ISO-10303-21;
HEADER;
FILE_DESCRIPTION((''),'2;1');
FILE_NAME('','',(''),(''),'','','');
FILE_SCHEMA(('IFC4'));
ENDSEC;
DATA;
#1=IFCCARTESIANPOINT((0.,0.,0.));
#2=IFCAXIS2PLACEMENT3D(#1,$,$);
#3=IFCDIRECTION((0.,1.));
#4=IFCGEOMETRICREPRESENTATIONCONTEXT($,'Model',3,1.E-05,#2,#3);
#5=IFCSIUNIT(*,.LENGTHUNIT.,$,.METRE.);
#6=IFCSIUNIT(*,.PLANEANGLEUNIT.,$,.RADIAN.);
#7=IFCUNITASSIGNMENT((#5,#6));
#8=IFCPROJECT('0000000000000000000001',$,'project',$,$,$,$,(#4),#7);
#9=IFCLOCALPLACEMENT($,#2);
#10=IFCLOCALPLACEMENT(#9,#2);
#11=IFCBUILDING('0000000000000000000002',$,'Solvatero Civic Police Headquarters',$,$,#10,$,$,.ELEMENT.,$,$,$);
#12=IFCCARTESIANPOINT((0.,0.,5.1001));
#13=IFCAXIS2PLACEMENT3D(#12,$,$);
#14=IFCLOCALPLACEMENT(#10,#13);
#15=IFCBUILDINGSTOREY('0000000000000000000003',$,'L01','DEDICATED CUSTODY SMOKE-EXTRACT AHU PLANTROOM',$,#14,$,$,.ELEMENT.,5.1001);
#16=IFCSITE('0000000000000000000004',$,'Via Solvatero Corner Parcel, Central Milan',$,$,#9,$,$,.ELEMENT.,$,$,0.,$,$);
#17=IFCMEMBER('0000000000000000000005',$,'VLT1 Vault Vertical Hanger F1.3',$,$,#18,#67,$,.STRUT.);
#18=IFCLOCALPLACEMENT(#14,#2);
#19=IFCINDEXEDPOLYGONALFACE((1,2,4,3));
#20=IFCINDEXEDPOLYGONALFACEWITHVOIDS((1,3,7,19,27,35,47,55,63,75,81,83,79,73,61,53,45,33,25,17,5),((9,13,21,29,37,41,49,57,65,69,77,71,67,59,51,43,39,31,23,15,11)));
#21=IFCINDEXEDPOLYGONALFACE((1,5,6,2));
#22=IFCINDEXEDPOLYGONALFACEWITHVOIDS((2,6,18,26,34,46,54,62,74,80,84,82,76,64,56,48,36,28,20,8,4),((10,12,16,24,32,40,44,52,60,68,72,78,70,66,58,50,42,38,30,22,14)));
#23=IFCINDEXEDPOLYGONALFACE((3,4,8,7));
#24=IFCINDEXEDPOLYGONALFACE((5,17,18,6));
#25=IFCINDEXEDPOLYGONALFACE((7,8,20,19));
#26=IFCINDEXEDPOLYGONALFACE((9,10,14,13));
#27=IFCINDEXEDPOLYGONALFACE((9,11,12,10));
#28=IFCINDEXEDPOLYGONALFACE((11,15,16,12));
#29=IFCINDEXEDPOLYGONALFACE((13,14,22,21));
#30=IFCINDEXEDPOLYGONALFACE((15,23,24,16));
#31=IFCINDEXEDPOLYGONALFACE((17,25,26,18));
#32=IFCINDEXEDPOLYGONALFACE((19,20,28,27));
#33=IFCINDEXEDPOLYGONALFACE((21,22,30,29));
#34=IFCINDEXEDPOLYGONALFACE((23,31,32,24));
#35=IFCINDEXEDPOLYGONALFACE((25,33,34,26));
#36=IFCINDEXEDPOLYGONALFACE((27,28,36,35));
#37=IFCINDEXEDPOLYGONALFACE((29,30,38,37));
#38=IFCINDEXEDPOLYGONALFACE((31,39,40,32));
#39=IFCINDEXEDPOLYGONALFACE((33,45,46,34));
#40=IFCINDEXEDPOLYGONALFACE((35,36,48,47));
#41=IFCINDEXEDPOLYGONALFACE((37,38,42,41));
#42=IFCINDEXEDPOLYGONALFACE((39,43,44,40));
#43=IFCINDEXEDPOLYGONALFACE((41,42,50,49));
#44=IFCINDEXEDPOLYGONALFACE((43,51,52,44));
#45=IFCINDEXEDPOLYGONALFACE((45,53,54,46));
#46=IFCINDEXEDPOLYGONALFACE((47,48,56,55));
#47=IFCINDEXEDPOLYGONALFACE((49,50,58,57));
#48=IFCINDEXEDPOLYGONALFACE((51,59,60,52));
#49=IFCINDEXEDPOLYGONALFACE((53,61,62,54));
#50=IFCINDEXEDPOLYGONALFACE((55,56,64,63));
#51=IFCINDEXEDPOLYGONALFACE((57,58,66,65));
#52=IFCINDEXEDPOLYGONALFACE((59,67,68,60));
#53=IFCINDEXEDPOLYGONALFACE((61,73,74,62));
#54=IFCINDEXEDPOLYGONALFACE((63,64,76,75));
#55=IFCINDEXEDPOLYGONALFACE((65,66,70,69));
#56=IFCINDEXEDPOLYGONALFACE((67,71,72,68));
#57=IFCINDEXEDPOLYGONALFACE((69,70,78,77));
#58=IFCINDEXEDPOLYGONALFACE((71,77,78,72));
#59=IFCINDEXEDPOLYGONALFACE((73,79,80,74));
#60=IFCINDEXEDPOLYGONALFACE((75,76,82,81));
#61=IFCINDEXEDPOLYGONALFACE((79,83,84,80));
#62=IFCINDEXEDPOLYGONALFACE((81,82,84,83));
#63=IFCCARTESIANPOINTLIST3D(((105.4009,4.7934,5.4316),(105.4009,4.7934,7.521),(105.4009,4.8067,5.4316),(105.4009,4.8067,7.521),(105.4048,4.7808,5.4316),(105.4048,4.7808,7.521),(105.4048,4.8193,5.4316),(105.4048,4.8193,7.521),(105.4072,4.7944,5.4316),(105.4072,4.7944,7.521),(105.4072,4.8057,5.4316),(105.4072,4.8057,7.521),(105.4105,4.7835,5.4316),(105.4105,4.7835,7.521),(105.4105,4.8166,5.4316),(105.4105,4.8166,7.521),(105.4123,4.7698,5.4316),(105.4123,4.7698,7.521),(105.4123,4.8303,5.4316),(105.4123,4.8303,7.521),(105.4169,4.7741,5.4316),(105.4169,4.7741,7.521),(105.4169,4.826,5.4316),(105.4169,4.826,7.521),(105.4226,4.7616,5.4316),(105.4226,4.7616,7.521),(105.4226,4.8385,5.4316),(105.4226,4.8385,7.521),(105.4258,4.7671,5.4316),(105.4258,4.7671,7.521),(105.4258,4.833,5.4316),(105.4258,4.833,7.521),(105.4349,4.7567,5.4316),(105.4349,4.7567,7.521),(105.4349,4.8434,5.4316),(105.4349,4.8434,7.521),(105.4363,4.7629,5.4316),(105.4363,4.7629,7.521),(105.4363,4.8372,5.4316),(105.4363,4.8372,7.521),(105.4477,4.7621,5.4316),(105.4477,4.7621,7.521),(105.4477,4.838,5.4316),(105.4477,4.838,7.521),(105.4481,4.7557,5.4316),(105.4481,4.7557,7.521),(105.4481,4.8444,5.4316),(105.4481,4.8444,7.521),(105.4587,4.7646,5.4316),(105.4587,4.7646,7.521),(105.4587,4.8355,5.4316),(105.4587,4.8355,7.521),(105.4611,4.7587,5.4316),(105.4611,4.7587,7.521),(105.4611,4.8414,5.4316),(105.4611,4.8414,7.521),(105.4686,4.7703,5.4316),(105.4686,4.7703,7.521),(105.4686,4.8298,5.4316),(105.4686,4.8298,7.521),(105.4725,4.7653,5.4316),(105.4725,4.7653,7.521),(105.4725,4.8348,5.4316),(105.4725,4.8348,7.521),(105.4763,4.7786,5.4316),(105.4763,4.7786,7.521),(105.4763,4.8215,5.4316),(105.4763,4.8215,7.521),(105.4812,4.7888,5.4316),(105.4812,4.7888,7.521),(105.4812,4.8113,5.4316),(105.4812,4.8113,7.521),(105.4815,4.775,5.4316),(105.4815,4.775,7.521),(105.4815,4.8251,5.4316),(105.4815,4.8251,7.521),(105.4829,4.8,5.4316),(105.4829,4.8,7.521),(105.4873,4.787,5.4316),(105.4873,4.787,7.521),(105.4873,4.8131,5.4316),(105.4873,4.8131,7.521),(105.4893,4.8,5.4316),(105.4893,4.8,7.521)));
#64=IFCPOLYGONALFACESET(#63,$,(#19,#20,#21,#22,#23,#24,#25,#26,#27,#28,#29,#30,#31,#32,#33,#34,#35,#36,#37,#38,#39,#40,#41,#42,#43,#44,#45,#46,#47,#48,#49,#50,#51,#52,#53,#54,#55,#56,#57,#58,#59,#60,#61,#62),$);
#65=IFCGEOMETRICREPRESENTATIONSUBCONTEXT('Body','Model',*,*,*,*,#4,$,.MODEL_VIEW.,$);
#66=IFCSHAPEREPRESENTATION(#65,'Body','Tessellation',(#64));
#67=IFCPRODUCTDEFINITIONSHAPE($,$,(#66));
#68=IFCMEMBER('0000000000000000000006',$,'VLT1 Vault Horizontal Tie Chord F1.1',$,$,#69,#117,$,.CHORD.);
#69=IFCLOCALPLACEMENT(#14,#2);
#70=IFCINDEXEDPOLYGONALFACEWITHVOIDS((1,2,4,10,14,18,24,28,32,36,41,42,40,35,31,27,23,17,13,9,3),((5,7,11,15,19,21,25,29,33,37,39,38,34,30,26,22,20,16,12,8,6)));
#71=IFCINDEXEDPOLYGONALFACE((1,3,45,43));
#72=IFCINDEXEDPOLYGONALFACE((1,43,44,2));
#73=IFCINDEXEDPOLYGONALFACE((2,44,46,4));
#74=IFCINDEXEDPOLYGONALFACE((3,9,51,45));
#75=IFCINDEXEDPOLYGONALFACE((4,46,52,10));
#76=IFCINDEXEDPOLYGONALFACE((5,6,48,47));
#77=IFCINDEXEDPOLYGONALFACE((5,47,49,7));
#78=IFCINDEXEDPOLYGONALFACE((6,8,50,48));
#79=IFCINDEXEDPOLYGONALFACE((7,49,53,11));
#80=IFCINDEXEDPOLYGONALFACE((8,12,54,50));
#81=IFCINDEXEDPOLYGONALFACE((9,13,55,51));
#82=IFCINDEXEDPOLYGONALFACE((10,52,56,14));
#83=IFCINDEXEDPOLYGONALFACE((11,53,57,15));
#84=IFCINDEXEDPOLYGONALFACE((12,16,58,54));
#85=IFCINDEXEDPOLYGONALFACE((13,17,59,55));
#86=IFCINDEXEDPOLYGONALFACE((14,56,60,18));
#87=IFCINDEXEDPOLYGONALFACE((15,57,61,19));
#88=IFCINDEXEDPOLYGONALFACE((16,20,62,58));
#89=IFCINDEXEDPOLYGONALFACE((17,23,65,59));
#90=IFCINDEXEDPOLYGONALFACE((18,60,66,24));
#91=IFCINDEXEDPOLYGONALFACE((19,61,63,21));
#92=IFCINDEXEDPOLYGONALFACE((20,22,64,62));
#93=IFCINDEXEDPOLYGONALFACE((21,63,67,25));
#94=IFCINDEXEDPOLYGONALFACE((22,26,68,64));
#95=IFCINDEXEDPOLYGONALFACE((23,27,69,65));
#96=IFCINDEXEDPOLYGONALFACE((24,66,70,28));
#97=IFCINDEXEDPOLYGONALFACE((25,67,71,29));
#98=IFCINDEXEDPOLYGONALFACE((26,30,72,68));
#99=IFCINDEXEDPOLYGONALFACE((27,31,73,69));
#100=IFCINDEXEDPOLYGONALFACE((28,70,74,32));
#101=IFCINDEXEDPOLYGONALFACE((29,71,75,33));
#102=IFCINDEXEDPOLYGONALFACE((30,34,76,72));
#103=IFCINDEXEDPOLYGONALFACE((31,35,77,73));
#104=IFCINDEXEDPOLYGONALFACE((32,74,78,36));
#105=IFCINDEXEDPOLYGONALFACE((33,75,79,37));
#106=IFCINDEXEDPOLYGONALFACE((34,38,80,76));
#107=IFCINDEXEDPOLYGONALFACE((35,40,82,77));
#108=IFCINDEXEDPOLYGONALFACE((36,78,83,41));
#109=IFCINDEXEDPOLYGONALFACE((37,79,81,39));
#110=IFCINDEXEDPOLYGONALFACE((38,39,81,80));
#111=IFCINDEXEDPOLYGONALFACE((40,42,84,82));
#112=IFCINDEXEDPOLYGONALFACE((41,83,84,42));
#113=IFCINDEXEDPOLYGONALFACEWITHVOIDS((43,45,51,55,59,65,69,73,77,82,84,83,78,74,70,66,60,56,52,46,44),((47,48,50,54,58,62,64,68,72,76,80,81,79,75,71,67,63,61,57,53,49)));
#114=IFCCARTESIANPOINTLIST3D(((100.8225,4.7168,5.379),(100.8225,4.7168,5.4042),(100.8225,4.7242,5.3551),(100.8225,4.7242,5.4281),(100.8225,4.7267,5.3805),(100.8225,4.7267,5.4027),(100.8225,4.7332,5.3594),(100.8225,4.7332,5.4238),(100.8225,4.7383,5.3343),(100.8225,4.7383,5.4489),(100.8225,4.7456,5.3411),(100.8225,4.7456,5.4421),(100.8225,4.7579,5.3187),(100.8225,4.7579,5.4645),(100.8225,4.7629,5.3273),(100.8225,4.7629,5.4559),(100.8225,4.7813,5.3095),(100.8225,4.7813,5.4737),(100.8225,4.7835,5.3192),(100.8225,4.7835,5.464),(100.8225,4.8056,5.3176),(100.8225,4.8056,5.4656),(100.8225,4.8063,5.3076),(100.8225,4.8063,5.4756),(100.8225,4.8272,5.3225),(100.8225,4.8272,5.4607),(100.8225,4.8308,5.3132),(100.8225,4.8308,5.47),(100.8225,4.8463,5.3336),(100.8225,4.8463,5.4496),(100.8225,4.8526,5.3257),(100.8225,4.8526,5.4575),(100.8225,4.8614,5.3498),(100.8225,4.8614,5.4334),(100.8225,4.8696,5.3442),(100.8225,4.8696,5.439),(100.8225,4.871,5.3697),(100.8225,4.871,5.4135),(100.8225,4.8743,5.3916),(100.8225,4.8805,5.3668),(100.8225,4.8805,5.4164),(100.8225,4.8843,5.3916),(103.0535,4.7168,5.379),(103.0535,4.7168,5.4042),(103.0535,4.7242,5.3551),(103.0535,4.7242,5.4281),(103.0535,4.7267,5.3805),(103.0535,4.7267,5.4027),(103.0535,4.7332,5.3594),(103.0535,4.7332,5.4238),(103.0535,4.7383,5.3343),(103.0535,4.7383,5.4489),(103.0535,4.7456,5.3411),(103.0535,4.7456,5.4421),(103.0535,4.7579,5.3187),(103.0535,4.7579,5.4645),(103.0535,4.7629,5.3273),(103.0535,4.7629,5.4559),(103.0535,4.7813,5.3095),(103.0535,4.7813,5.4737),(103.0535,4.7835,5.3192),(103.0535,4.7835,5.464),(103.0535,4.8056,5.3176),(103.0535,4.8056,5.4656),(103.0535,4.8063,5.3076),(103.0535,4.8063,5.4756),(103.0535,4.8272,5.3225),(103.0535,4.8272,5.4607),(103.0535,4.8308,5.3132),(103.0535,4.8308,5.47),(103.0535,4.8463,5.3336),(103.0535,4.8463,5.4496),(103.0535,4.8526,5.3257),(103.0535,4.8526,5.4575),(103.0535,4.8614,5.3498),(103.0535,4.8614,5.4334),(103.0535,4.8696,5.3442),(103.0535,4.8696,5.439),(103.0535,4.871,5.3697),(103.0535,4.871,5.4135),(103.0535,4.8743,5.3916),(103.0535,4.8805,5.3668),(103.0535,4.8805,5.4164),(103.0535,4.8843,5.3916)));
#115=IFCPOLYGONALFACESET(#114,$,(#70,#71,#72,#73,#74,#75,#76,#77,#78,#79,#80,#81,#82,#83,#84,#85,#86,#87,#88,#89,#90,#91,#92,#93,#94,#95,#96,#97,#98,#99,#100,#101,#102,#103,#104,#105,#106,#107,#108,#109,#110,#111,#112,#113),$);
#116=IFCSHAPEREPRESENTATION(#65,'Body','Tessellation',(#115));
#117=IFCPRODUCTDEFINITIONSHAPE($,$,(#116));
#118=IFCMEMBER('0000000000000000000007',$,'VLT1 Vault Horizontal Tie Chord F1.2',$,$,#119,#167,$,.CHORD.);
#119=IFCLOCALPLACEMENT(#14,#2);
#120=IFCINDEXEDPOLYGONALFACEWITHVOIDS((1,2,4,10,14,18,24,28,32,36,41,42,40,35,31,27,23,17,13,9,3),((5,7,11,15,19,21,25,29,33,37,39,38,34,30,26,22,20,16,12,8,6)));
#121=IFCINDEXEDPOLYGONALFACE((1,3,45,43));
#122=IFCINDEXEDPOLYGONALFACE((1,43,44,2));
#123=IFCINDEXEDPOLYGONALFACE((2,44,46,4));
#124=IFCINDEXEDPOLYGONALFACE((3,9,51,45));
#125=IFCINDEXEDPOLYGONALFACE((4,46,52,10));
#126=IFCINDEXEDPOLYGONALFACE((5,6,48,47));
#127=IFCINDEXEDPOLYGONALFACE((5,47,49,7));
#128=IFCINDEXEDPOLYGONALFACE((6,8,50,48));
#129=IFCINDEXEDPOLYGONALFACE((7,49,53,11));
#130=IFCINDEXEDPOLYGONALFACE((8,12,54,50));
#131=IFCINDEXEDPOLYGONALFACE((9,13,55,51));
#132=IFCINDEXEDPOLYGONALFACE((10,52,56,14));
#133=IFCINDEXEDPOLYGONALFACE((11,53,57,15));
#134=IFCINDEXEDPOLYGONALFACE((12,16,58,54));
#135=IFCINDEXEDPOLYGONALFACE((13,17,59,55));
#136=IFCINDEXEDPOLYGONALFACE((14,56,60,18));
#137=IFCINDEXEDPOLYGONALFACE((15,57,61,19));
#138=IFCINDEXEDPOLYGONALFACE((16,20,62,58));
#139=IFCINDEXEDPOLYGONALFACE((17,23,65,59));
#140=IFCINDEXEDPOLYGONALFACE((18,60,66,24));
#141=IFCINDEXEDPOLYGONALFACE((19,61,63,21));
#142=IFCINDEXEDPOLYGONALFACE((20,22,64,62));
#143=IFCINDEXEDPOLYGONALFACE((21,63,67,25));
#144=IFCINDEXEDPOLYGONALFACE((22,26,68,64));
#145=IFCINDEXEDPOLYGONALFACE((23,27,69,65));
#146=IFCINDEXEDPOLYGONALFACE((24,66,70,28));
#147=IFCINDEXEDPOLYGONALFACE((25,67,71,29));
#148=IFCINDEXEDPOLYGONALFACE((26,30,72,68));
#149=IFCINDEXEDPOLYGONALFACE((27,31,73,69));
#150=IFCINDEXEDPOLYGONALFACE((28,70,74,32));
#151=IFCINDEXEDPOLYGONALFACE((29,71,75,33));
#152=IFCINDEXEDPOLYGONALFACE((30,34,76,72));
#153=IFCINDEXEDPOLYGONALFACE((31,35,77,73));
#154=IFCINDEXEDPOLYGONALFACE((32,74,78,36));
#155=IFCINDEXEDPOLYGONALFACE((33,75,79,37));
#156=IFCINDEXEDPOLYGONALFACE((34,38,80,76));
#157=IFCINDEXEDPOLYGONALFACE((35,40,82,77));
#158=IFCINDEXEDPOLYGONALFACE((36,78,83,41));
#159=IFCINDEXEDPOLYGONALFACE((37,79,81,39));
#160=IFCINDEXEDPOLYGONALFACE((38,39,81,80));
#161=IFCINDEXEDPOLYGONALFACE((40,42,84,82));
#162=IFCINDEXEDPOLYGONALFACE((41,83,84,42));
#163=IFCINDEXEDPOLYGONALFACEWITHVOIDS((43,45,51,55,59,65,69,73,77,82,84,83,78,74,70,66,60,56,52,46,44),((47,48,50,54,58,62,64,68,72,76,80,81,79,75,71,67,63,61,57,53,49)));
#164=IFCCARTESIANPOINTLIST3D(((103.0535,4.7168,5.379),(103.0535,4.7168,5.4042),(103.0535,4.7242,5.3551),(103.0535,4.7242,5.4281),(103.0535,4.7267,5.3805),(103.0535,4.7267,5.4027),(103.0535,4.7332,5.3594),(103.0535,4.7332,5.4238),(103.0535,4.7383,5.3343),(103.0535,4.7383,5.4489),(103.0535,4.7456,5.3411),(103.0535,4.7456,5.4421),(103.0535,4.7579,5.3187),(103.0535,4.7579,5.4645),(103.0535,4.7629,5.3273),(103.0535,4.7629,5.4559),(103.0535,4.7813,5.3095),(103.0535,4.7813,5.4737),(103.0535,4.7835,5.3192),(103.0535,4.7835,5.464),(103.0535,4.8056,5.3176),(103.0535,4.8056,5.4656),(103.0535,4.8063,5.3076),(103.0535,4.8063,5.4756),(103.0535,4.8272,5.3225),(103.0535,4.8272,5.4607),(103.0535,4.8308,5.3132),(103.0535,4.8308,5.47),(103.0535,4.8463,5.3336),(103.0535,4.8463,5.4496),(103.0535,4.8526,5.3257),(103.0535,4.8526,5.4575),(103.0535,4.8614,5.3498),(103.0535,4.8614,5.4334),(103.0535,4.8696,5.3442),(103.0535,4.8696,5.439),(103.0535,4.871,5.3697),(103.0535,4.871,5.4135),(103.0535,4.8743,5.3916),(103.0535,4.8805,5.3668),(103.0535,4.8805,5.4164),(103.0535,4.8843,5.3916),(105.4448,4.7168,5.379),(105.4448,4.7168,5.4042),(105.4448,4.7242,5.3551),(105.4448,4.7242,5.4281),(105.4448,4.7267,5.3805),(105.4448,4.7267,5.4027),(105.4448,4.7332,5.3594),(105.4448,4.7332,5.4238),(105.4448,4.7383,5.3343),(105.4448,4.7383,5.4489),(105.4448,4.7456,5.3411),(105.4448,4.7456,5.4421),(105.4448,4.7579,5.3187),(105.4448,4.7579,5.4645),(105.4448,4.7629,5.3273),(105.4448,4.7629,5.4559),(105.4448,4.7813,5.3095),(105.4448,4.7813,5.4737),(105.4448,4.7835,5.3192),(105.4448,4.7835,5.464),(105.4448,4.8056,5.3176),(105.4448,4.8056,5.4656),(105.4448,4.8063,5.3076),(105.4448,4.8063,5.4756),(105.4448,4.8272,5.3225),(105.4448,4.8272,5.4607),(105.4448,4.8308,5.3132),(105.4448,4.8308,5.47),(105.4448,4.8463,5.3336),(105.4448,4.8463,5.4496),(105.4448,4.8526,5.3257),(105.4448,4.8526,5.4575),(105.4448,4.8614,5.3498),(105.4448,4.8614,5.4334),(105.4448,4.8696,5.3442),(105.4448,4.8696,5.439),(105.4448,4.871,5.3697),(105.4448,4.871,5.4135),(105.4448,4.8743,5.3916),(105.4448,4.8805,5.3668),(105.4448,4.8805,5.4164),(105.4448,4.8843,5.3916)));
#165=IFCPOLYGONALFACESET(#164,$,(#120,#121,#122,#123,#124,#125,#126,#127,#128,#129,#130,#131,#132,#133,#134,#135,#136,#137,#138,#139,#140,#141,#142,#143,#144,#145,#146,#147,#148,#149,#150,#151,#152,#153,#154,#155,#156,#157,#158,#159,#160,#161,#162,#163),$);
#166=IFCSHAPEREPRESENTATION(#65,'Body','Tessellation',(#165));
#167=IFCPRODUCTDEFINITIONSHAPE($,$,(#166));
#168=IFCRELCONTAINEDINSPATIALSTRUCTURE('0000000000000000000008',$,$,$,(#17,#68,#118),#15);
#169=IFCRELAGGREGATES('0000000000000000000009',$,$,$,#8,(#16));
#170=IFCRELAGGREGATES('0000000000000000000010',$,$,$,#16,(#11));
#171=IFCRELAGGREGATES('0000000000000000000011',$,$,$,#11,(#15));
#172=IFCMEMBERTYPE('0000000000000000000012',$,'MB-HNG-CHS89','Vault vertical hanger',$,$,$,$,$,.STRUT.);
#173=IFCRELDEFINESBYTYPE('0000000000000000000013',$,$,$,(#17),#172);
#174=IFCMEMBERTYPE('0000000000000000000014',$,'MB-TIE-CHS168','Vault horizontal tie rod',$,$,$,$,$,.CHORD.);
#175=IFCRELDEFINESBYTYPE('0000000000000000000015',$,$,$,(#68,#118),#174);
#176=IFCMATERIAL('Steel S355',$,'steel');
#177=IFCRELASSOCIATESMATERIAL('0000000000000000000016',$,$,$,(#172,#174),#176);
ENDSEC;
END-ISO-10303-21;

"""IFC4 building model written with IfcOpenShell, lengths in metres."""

from ifc_helpers import new_model, si_unit, direction, frame, origin, origin_2d, place, context, subcontext, project, spatial, hollow_circle, extrude, material, material_profile, profile_set, type_object, element, save


model = new_model("IFC4")

# Units and contexts
model_context = context("Model", 3, precision=1e-05, world=origin(), true_north=direction((0.0, 1.0)))
body_context = subcontext(model_context, "Body", "Model", "MODEL_VIEW")
ifc_project = project(units=[si_unit("LENGTHUNIT", "METRE"), si_unit("PLANEANGLEUNIT", "RADIAN")], contexts=[model_context])

# Site, building, storey
site_placement = place(None, origin())
site = spatial("IfcSite", under=ifc_project, at=site_placement, Name="Via Solvatero Corner Parcel, Central Milan", CompositionType="ELEMENT", RefElevation=0.0)
building_placement = place(site_placement, origin())
building = spatial("IfcBuilding", under=site, at=building_placement, Name="Solvatero Civic Police Headquarters", CompositionType="ELEMENT")
storey_placement = place(building_placement, frame((0.0, 0.0, 5.1001)))
storey = spatial("IfcBuildingStorey", under=building, at=storey_placement, Name="L01", Description="DEDICATED CUSTODY SMOKE-EXTRACT AHU PLANTROOM", CompositionType="ELEMENT", Elevation=5.1001)

# Shared definitions
ifc_material_1 = material(Name="Steel S355", Category="steel")

# Members
ifc_material_profile_1 = material_profile(ifc_material_1, hollow_circle(Radius=0.0444, WallThickness=0.0063, at=origin_2d()), Name="CHS 88.9x6.3")
ifc_profile_set_1 = profile_set([ifc_material_profile_1], Name="Steel S355")
member_type_1 = type_object("IfcMemberType", Name="MB-HNG-CHS89", Description="Vault vertical hanger", PredefinedType="STRUT", material=ifc_profile_set_1)
member_1_placement = place(storey_placement, frame((105.4448, 4.8, 5.4316), z_axis=(0.0, 0.0, 1.0), x_axis=(1.0, 0.0, 0.0)))
element("IfcMember", 1, at=member_1_placement, inside=storey, type_object=member_type_1, Name="VLT1 Vault Vertical Hanger F1.3", PredefinedType="STRUT", context=body_context, shape_type="SweptSolid", body=[
    extrude(hollow_circle(Radius=0.0444, WallThickness=0.0063, at=origin_2d()), origin(), (0.0, 0.0, 1.0), 2.0894),
])
ifc_material_profile_2 = material_profile(ifc_material_1, hollow_circle(Radius=0.0842, WallThickness=0.01, at=origin_2d()), Name="CHS 168.3x10.0")
ifc_profile_set_2 = profile_set([ifc_material_profile_2], Name="Steel S355")
member_type_2 = type_object("IfcMemberType", Name="MB-TIE-CHS168", Description="Vault horizontal tie rod", PredefinedType="CHORD", material=ifc_profile_set_2)
member_2_placement = place(storey_placement, frame((100.8225, 4.8, 5.3916), z_axis=(1.0, 0.0, 0.0), x_axis=(0.0, 1.0, 0.0)))
element("IfcMember", 2, at=member_2_placement, inside=storey, type_object=member_type_2, Name="VLT1 Vault Horizontal Tie Chord F1.1", PredefinedType="CHORD", context=body_context, shape_type="SweptSolid", body=[
    extrude(hollow_circle(Radius=0.0842, WallThickness=0.01, at=origin_2d()), origin(), (0.0, 0.0, 1.0), 2.231),
])
member_3_placement = place(storey_placement, frame((103.0535, 4.8, 5.3916), z_axis=(1.0, 0.0, 0.0), x_axis=(0.0, 1.0, 0.0)))
element("IfcMember", 3, at=member_3_placement, inside=storey, type_object=member_type_2, Name="VLT1 Vault Horizontal Tie Chord F1.2", PredefinedType="CHORD", context=body_context, shape_type="SweptSolid", body=[
    extrude(hollow_circle(Radius=0.0842, WallThickness=0.01, at=origin_2d()), origin(), (0.0, 0.0, 1.0), 2.3914),
])

save(model, "model.ifc")
